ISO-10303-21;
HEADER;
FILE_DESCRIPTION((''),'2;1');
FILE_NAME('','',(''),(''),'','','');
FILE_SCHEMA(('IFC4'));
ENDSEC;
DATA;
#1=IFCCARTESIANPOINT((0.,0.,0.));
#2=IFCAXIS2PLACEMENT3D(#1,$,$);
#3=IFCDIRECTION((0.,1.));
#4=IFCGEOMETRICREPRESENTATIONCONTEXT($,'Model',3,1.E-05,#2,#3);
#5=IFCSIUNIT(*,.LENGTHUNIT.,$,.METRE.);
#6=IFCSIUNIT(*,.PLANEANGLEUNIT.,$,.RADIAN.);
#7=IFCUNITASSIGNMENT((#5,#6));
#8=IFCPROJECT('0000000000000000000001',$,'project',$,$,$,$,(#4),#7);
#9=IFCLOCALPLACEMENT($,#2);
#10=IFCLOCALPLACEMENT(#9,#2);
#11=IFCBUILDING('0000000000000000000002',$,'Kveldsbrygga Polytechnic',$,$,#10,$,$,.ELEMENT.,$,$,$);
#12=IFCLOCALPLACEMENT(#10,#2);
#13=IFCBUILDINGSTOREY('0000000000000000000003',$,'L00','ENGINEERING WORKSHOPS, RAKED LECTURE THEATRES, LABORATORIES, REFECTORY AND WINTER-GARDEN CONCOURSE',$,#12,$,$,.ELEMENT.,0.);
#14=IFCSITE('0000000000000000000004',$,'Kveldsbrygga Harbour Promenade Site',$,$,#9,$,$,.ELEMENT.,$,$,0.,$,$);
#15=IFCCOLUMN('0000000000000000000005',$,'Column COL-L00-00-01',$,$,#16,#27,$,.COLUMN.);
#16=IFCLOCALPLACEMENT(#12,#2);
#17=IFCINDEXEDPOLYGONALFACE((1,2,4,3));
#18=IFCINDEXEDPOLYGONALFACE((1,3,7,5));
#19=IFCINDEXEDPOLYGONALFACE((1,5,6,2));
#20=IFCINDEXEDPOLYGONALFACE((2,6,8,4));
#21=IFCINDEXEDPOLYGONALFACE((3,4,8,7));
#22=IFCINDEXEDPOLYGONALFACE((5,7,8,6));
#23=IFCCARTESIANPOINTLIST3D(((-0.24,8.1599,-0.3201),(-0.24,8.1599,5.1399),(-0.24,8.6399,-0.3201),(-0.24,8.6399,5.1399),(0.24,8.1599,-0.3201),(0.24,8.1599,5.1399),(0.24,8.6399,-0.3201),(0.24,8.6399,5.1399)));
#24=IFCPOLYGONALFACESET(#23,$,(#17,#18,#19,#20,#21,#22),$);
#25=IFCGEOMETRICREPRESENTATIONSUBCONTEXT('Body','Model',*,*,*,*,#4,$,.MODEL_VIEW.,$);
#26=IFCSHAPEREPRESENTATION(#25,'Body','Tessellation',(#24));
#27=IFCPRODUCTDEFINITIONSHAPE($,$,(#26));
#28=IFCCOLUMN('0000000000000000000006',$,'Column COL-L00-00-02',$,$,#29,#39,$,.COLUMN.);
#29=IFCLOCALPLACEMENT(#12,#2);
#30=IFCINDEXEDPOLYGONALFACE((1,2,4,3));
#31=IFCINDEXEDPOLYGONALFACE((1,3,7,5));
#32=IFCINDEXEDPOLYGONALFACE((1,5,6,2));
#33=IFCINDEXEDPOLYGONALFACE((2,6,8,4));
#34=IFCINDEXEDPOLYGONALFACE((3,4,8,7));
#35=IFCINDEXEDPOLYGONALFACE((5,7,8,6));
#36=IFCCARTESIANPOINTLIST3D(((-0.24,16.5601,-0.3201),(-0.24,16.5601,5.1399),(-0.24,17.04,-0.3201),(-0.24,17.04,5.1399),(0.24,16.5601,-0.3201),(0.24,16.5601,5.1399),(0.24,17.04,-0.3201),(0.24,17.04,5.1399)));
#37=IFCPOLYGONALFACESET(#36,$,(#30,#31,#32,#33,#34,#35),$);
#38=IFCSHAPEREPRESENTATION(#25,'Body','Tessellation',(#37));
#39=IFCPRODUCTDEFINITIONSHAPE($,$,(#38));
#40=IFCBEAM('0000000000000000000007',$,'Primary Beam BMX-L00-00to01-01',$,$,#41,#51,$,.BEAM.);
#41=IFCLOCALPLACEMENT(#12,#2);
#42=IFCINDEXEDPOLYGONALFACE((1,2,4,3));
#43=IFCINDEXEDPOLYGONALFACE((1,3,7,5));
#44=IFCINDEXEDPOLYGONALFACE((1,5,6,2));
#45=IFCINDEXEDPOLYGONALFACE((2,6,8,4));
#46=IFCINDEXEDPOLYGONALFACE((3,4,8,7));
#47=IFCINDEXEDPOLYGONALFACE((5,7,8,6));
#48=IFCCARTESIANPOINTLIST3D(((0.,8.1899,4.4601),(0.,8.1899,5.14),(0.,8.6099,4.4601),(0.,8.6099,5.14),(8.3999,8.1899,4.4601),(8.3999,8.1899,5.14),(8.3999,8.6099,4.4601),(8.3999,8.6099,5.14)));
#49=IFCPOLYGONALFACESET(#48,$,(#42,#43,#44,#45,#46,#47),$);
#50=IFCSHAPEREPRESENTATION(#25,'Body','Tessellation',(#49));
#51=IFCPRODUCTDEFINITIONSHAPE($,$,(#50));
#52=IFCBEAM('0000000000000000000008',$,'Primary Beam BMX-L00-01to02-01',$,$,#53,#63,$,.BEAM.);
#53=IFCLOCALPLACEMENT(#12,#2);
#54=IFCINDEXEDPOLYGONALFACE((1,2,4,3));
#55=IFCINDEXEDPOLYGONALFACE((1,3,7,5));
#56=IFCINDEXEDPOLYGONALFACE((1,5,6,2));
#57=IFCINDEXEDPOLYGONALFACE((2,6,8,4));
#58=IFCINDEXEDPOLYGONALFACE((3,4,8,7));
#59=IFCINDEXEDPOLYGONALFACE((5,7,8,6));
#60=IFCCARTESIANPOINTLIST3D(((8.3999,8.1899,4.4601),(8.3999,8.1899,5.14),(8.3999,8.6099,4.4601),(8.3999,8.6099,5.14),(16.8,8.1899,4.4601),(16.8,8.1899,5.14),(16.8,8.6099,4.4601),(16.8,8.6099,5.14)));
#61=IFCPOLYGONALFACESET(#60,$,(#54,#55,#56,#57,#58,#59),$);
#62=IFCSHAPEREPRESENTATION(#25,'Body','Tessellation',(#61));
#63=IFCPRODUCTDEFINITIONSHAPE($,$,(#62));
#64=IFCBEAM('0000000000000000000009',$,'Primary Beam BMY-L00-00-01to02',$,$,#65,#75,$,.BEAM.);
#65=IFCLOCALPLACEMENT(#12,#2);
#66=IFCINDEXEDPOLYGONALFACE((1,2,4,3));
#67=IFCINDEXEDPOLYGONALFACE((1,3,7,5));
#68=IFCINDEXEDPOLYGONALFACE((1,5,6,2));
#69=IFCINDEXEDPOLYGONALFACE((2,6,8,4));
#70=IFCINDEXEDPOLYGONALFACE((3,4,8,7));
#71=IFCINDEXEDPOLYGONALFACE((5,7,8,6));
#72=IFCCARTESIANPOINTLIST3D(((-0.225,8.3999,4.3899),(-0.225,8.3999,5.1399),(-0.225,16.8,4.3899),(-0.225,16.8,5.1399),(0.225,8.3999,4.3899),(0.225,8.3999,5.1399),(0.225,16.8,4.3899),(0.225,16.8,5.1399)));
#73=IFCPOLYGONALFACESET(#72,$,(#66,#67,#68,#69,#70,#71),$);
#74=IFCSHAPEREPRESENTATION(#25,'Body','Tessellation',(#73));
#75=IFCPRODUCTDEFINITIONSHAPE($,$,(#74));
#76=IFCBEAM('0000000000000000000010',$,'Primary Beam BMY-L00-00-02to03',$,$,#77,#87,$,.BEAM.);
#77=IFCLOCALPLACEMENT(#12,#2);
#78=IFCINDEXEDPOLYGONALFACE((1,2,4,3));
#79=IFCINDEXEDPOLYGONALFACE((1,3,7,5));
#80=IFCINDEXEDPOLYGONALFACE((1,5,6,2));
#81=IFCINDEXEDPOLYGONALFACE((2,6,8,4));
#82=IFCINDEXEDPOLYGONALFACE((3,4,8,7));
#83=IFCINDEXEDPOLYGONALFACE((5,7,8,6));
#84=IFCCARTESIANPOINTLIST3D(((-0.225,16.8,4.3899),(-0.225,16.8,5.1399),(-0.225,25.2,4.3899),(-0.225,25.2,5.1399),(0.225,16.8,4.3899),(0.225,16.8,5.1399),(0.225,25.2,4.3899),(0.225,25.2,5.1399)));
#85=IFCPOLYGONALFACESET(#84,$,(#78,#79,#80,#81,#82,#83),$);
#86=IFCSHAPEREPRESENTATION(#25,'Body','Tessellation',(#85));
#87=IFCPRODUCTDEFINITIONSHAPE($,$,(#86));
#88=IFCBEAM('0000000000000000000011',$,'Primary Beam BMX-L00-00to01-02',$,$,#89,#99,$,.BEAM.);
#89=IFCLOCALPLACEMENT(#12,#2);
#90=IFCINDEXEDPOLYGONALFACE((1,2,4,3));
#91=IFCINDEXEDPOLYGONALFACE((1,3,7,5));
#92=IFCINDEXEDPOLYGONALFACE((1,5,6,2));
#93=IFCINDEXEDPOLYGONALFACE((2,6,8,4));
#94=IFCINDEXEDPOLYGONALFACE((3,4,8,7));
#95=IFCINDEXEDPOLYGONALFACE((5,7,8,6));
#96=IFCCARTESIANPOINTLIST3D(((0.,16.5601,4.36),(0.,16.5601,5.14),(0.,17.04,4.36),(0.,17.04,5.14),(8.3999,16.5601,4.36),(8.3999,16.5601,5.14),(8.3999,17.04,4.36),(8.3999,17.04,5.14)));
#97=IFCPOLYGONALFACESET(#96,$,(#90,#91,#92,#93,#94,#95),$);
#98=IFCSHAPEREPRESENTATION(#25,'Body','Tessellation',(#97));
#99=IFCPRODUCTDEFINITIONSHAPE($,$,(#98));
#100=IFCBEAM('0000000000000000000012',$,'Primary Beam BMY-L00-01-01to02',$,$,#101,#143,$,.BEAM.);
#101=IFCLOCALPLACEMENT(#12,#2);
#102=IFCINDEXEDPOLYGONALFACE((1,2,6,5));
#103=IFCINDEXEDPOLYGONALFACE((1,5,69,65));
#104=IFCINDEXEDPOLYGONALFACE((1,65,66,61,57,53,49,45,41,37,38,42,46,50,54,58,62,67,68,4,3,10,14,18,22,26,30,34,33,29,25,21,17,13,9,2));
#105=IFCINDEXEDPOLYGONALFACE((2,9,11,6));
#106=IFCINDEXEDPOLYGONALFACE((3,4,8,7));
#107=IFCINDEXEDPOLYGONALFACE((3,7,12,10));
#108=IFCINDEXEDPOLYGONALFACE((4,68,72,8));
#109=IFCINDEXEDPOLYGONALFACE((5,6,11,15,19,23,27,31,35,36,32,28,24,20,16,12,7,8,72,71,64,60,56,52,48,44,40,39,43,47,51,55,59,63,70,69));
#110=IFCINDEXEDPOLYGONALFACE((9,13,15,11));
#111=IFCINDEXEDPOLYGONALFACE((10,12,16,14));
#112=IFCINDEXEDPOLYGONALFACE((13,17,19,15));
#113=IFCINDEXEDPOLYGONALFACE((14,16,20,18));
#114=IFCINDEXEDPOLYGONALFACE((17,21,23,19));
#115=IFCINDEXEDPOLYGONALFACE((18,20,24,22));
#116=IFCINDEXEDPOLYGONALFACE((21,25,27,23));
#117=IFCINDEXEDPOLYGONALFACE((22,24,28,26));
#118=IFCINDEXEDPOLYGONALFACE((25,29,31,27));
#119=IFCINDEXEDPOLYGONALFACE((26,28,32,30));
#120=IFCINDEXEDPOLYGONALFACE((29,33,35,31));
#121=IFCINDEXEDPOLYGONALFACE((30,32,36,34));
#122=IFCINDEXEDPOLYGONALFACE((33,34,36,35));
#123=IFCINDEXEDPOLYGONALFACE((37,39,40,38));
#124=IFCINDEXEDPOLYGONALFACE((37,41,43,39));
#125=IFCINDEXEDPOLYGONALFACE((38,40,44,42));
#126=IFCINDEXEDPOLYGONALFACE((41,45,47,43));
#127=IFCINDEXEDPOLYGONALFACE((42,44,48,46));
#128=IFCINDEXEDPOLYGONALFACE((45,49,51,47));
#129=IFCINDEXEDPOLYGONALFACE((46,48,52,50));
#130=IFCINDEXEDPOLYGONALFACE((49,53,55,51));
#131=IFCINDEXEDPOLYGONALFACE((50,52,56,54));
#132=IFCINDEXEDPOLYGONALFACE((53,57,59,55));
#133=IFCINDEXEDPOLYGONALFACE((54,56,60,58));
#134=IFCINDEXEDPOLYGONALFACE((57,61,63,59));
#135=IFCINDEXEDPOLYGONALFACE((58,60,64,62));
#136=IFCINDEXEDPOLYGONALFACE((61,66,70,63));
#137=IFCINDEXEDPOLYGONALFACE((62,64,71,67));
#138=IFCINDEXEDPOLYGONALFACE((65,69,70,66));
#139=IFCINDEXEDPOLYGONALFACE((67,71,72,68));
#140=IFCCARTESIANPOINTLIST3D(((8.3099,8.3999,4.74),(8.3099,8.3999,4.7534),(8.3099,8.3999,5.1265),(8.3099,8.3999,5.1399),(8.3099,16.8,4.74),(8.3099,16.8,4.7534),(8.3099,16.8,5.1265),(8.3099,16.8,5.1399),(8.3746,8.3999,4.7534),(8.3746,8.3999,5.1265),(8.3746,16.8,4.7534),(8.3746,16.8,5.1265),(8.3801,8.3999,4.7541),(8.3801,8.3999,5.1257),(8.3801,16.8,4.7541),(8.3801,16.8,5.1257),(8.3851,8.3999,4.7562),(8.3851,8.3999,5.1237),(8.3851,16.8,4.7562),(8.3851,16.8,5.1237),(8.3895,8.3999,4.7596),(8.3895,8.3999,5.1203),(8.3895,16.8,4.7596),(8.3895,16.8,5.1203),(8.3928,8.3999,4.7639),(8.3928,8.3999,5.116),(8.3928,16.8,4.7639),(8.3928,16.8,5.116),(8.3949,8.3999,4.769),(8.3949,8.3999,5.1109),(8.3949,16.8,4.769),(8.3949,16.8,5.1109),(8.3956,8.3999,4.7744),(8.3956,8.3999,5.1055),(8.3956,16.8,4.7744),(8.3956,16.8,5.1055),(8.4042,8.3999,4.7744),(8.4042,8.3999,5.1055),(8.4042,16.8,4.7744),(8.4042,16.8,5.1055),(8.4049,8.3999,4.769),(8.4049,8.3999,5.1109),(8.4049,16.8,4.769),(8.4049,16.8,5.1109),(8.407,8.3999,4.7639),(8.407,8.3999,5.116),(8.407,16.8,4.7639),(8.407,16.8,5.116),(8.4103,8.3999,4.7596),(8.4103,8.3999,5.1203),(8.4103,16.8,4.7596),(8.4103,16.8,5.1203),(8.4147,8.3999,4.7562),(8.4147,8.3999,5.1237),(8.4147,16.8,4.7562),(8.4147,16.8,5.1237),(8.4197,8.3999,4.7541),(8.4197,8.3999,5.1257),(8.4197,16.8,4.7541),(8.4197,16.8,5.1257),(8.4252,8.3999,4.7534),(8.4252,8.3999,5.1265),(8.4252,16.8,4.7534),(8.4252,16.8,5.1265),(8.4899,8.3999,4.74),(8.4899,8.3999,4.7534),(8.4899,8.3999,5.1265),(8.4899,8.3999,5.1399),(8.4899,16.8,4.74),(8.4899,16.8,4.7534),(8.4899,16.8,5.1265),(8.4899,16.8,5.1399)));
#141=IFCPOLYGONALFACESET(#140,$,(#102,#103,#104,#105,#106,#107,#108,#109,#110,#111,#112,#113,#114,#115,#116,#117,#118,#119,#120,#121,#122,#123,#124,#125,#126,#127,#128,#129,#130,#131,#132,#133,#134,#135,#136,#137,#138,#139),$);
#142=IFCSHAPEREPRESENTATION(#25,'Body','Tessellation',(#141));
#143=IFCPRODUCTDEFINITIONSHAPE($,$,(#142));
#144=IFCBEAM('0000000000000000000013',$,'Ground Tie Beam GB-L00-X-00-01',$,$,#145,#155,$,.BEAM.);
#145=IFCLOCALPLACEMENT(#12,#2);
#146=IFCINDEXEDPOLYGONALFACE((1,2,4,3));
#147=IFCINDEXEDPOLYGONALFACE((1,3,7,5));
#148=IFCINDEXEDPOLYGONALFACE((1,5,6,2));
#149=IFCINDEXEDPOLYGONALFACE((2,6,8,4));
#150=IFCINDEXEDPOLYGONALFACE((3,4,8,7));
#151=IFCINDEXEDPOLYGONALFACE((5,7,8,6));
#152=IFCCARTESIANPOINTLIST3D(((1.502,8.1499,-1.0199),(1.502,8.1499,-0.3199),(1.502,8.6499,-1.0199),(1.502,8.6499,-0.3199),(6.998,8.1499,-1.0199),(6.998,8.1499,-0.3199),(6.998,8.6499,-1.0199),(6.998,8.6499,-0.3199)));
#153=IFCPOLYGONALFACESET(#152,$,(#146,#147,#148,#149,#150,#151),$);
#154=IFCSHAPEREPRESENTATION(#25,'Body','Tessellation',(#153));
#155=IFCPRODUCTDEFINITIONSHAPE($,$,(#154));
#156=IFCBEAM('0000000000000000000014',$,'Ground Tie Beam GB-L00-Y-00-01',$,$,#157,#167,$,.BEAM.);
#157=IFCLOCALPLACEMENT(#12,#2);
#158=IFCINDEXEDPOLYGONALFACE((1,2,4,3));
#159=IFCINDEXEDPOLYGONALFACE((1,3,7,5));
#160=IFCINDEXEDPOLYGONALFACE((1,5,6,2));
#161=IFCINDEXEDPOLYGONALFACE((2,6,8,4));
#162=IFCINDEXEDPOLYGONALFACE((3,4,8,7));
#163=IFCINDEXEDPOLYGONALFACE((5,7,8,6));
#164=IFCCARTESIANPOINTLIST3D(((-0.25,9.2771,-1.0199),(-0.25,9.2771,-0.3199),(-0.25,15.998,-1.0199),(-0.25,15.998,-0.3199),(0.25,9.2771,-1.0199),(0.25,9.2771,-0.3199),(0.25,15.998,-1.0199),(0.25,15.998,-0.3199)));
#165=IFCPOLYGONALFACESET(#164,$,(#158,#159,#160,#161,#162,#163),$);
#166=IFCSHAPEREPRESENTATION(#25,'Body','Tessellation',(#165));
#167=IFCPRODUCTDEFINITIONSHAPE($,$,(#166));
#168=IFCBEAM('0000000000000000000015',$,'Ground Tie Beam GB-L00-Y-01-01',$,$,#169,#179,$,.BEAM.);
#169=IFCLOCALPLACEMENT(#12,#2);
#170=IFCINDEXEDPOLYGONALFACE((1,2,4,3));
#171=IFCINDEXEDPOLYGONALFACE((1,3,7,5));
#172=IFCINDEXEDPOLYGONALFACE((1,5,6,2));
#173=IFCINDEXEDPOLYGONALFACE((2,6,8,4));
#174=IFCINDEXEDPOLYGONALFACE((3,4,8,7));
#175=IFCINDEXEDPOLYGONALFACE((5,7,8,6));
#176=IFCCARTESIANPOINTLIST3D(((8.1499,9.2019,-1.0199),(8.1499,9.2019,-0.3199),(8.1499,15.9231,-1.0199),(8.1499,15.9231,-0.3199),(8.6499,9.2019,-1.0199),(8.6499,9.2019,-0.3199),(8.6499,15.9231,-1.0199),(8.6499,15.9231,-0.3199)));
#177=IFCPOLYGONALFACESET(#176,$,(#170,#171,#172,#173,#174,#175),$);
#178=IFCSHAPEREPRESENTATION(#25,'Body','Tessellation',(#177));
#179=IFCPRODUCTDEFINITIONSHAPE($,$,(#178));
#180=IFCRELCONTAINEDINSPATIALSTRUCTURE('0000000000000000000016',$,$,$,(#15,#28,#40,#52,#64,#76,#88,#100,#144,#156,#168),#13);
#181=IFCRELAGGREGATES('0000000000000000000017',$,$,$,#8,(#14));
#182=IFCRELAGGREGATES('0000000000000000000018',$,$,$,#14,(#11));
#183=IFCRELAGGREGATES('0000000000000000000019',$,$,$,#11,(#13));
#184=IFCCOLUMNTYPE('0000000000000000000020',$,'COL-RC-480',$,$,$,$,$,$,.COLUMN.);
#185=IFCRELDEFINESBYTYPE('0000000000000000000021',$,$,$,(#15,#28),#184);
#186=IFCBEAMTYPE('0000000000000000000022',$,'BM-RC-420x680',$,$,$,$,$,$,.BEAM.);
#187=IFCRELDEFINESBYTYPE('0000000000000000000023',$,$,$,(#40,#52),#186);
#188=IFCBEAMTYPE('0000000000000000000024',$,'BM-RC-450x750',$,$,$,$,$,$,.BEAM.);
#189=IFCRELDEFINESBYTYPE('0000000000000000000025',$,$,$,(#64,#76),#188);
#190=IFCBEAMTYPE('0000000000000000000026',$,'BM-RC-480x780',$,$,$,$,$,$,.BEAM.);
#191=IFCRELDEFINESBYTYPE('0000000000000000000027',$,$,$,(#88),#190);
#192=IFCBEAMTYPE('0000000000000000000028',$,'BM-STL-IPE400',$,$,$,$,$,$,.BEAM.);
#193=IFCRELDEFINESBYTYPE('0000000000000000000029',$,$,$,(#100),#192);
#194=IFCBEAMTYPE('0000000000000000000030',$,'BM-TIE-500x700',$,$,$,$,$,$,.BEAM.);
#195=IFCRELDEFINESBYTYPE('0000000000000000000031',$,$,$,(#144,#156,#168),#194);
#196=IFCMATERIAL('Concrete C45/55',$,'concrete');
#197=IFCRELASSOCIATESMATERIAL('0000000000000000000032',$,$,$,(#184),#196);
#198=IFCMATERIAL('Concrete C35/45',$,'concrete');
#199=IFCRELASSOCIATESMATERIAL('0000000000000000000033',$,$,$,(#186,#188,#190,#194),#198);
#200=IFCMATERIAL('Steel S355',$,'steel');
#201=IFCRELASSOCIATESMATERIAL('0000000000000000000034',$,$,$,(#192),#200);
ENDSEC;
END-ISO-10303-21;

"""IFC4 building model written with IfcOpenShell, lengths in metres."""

from ifc_helpers import new_model, si_unit, direction, frame, origin, origin_2d, place, context, subcontext, project, spatial, rectangle, i_section, extrude, material, material_profile, profile_set, type_object, element, save


model = new_model("IFC4")

# Units and contexts
model_context = context("Model", 3, precision=1e-05, world=origin(), true_north=direction((0.0, 1.0)))
body_context = subcontext(model_context, "Body", "Model", "MODEL_VIEW")
ifc_project = project(units=[si_unit("LENGTHUNIT", "METRE"), si_unit("PLANEANGLEUNIT", "RADIAN")], contexts=[model_context])

# Site, building, storey
site_placement = place(None, origin())
site = spatial("IfcSite", under=ifc_project, at=site_placement, Name="Kveldsbrygga Harbour Promenade Site", CompositionType="ELEMENT", RefElevation=0.0)
building_placement = place(site_placement, origin())
building = spatial("IfcBuilding", under=site, at=building_placement, Name="Kveldsbrygga Polytechnic", CompositionType="ELEMENT")
storey_placement = place(building_placement, origin())
storey = spatial("IfcBuildingStorey", under=building, at=storey_placement, Name="L00", Description="ENGINEERING WORKSHOPS, RAKED LECTURE THEATRES, LABORATORIES, REFECTORY AND WINTER-GARDEN CONCOURSE", CompositionType="ELEMENT", Elevation=0.0)

# Shared definitions
ifc_material_1 = material(Name="Concrete C45/55", Category="concrete")

# Columns
ifc_material_profile_1 = material_profile(ifc_material_1, rectangle(XDim=0.48, YDim=0.48, at=origin_2d()), Name="RC 480x480")
ifc_profile_set_1 = profile_set([ifc_material_profile_1], Name="Concrete C45/55")
column_type_1 = type_object("IfcColumnType", Name="COL-RC-480", PredefinedType="COLUMN", material=ifc_profile_set_1)
for number, where, z_axis, x_axis, name in (
    (1, (0.0, 8.3999, -0.3201), (0.0, 0.0, 1.0), (1.0, 0.0, 0.0), "Column COL-L00-00-01"),
    (2, (0.0, 16.8, -0.3201), (0.0, 0.0, 1.0), (1.0, 0.0, 0.0), "Column COL-L00-00-02"),
):
    element("IfcColumn", number, at=place(storey_placement, frame(where, z_axis=z_axis, x_axis=x_axis)), inside=storey, type_object=column_type_1, Name=name, PredefinedType="COLUMN", context=body_context, shape_type="SweptSolid", body=[
        extrude(rectangle(XDim=0.48, YDim=0.48, at=origin_2d()), origin(), (0.0, 0.0, 1.0), 5.46),
    ])

# Beams
ifc_material_2 = material(Name="Concrete C35/45", Category="concrete")
ifc_material_profile_2 = material_profile(ifc_material_2, rectangle(XDim=0.4199, YDim=0.6799, at=origin_2d()), Name="RC 420x680")
ifc_profile_set_2 = profile_set([ifc_material_profile_2], Name="Concrete C35/45")
beam_type_1 = type_object("IfcBeamType", Name="BM-RC-420x680", PredefinedType="BEAM", material=ifc_profile_set_2)
beam_1_placement = place(storey_placement, frame((0.0, 8.3999, 4.8), z_axis=(1.0, 0.0, 0.0), x_axis=(0.0, 1.0, 0.0)))
element("IfcBeam", 3, at=beam_1_placement, inside=storey, type_object=beam_type_1, Name="Primary Beam BMX-L00-00to01-01", PredefinedType="BEAM", context=body_context, shape_type="SweptSolid", body=[
    extrude(rectangle(XDim=0.4199, YDim=0.6799, at=origin_2d()), origin(), (0.0, 0.0, 1.0), 8.3999),
])
beam_2_placement = place(storey_placement, frame((8.3999, 8.3999, 4.8), z_axis=(1.0, 0.0, 0.0), x_axis=(0.0, 1.0, 0.0)))
element("IfcBeam", 4, at=beam_2_placement, inside=storey, type_object=beam_type_1, Name="Primary Beam BMX-L00-01to02-01", PredefinedType="BEAM", context=body_context, shape_type="SweptSolid", body=[
    extrude(rectangle(XDim=0.4199, YDim=0.6799, at=origin_2d()), origin(), (0.0, 0.0, 1.0), 8.4001),
])
ifc_material_profile_3 = material_profile(ifc_material_2, rectangle(XDim=0.45, YDim=0.75, at=origin_2d()), Name="RC 450x750")
ifc_profile_set_3 = profile_set([ifc_material_profile_3], Name="Concrete C35/45")
beam_type_2 = type_object("IfcBeamType", Name="BM-RC-450x750", PredefinedType="BEAM", material=ifc_profile_set_3)
beam_3_placement = place(storey_placement, frame((0.0, 8.3999, 4.7649), z_axis=(0.0, 1.0, 0.0), x_axis=(-1.0, 0.0, 0.0)))
element("IfcBeam", 5, at=beam_3_placement, inside=storey, type_object=beam_type_2, Name="Primary Beam BMY-L00-00-01to02", PredefinedType="BEAM", context=body_context, shape_type="SweptSolid", body=[
    extrude(rectangle(XDim=0.45, YDim=0.75, at=origin_2d()), origin(), (0.0, 0.0, 1.0), 8.4001),
])
beam_4_placement = place(storey_placement, frame((0.0, 16.8, 4.7649), z_axis=(0.0, 1.0, 0.0), x_axis=(-1.0, 0.0, 0.0)))
element("IfcBeam", 6, at=beam_4_placement, inside=storey, type_object=beam_type_2, Name="Primary Beam BMY-L00-00-02to03", PredefinedType="BEAM", context=body_context, shape_type="SweptSolid", body=[
    extrude(rectangle(XDim=0.45, YDim=0.75, at=origin_2d()), origin(), (0.0, 0.0, 1.0), 8.3999),
])
ifc_material_profile_4 = material_profile(ifc_material_2, rectangle(XDim=0.48, YDim=0.78, at=origin_2d()), Name="RC 480x780")
ifc_profile_set_4 = profile_set([ifc_material_profile_4], Name="Concrete C35/45")
beam_type_3 = type_object("IfcBeamType", Name="BM-RC-480x780", PredefinedType="BEAM", material=ifc_profile_set_4)
beam_5_placement = place(storey_placement, frame((0.0, 16.8, 4.75), z_axis=(1.0, 0.0, 0.0), x_axis=(0.0, 1.0, 0.0)))
element("IfcBeam", 7, at=beam_5_placement, inside=storey, type_object=beam_type_3, Name="Primary Beam BMX-L00-00to01-02", PredefinedType="BEAM", context=body_context, shape_type="SweptSolid", body=[
    extrude(rectangle(XDim=0.48, YDim=0.78, at=origin_2d()), origin(), (0.0, 0.0, 1.0), 8.3999),
])
ifc_material_3 = material(Name="Steel S355", Category="steel")
ifc_material_profile_5 = material_profile(ifc_material_3, i_section(OverallWidth=0.1799, OverallDepth=0.3999, WebThickness=0.0085, FlangeThickness=0.0134, FilletRadius=0.021, at=origin_2d()), Name="IPE 400")
ifc_profile_set_5 = profile_set([ifc_material_profile_5], Name="Steel S355")
beam_type_4 = type_object("IfcBeamType", Name="BM-STL-IPE400", PredefinedType="BEAM", material=ifc_profile_set_5)
beam_6_placement = place(storey_placement, frame((8.3999, 8.3999, 4.9399), z_axis=(0.0, 1.0, 0.0), x_axis=(-1.0, 0.0, 0.0)))
element("IfcBeam", 8, at=beam_6_placement, inside=storey, type_object=beam_type_4, Name="Primary Beam BMY-L00-01-01to02", PredefinedType="BEAM", context=body_context, shape_type="SweptSolid", body=[
    extrude(i_section(OverallWidth=0.1799, OverallDepth=0.3999, WebThickness=0.0085, FlangeThickness=0.0134, FilletRadius=0.021, at=origin_2d()), origin(), (0.0, 0.0, 1.0), 8.4001),
])
ifc_material_profile_6 = material_profile(ifc_material_2, rectangle(XDim=0.5, YDim=0.7, at=origin_2d()), Name="RC 500x700")
ifc_profile_set_6 = profile_set([ifc_material_profile_6], Name="Concrete C35/45")
beam_type_5 = type_object("IfcBeamType", Name="BM-TIE-500x700", PredefinedType="BEAM", material=ifc_profile_set_6)
beam_7_placement = place(storey_placement, frame((1.502, 8.3999, -0.6699), z_axis=(1.0, 0.0, 0.0), x_axis=(0.0, 1.0, 0.0)))
element("IfcBeam", 9, at=beam_7_placement, inside=storey, type_object=beam_type_5, Name="Ground Tie Beam GB-L00-X-00-01", PredefinedType="BEAM", context=body_context, shape_type="SweptSolid", body=[
    extrude(rectangle(XDim=0.5, YDim=0.7, at=origin_2d()), origin(), (0.0, 0.0, 1.0), 5.4961),
])
beam_8_placement = place(storey_placement, frame((0.0, 9.2771, -0.6699), z_axis=(0.0, 1.0, 0.0), x_axis=(-1.0, 0.0, 0.0)))
element("IfcBeam", 10, at=beam_8_placement, inside=storey, type_object=beam_type_5, Name="Ground Tie Beam GB-L00-Y-00-01", PredefinedType="BEAM", context=body_context, shape_type="SweptSolid", body=[
    extrude(rectangle(XDim=0.5, YDim=0.7, at=origin_2d()), origin(), (0.0, 0.0, 1.0), 6.7209),
])
beam_9_placement = place(storey_placement, frame((8.3999, 9.2019, -0.6699), z_axis=(0.0, 1.0, 0.0), x_axis=(-1.0, 0.0, 0.0)))
element("IfcBeam", 11, at=beam_9_placement, inside=storey, type_object=beam_type_5, Name="Ground Tie Beam GB-L00-Y-01-01", PredefinedType="BEAM", context=body_context, shape_type="SweptSolid", body=[
    extrude(rectangle(XDim=0.5, YDim=0.7, at=origin_2d()), origin(), (0.0, 0.0, 1.0), 6.7212),
])

save(model, "model.ifc")
